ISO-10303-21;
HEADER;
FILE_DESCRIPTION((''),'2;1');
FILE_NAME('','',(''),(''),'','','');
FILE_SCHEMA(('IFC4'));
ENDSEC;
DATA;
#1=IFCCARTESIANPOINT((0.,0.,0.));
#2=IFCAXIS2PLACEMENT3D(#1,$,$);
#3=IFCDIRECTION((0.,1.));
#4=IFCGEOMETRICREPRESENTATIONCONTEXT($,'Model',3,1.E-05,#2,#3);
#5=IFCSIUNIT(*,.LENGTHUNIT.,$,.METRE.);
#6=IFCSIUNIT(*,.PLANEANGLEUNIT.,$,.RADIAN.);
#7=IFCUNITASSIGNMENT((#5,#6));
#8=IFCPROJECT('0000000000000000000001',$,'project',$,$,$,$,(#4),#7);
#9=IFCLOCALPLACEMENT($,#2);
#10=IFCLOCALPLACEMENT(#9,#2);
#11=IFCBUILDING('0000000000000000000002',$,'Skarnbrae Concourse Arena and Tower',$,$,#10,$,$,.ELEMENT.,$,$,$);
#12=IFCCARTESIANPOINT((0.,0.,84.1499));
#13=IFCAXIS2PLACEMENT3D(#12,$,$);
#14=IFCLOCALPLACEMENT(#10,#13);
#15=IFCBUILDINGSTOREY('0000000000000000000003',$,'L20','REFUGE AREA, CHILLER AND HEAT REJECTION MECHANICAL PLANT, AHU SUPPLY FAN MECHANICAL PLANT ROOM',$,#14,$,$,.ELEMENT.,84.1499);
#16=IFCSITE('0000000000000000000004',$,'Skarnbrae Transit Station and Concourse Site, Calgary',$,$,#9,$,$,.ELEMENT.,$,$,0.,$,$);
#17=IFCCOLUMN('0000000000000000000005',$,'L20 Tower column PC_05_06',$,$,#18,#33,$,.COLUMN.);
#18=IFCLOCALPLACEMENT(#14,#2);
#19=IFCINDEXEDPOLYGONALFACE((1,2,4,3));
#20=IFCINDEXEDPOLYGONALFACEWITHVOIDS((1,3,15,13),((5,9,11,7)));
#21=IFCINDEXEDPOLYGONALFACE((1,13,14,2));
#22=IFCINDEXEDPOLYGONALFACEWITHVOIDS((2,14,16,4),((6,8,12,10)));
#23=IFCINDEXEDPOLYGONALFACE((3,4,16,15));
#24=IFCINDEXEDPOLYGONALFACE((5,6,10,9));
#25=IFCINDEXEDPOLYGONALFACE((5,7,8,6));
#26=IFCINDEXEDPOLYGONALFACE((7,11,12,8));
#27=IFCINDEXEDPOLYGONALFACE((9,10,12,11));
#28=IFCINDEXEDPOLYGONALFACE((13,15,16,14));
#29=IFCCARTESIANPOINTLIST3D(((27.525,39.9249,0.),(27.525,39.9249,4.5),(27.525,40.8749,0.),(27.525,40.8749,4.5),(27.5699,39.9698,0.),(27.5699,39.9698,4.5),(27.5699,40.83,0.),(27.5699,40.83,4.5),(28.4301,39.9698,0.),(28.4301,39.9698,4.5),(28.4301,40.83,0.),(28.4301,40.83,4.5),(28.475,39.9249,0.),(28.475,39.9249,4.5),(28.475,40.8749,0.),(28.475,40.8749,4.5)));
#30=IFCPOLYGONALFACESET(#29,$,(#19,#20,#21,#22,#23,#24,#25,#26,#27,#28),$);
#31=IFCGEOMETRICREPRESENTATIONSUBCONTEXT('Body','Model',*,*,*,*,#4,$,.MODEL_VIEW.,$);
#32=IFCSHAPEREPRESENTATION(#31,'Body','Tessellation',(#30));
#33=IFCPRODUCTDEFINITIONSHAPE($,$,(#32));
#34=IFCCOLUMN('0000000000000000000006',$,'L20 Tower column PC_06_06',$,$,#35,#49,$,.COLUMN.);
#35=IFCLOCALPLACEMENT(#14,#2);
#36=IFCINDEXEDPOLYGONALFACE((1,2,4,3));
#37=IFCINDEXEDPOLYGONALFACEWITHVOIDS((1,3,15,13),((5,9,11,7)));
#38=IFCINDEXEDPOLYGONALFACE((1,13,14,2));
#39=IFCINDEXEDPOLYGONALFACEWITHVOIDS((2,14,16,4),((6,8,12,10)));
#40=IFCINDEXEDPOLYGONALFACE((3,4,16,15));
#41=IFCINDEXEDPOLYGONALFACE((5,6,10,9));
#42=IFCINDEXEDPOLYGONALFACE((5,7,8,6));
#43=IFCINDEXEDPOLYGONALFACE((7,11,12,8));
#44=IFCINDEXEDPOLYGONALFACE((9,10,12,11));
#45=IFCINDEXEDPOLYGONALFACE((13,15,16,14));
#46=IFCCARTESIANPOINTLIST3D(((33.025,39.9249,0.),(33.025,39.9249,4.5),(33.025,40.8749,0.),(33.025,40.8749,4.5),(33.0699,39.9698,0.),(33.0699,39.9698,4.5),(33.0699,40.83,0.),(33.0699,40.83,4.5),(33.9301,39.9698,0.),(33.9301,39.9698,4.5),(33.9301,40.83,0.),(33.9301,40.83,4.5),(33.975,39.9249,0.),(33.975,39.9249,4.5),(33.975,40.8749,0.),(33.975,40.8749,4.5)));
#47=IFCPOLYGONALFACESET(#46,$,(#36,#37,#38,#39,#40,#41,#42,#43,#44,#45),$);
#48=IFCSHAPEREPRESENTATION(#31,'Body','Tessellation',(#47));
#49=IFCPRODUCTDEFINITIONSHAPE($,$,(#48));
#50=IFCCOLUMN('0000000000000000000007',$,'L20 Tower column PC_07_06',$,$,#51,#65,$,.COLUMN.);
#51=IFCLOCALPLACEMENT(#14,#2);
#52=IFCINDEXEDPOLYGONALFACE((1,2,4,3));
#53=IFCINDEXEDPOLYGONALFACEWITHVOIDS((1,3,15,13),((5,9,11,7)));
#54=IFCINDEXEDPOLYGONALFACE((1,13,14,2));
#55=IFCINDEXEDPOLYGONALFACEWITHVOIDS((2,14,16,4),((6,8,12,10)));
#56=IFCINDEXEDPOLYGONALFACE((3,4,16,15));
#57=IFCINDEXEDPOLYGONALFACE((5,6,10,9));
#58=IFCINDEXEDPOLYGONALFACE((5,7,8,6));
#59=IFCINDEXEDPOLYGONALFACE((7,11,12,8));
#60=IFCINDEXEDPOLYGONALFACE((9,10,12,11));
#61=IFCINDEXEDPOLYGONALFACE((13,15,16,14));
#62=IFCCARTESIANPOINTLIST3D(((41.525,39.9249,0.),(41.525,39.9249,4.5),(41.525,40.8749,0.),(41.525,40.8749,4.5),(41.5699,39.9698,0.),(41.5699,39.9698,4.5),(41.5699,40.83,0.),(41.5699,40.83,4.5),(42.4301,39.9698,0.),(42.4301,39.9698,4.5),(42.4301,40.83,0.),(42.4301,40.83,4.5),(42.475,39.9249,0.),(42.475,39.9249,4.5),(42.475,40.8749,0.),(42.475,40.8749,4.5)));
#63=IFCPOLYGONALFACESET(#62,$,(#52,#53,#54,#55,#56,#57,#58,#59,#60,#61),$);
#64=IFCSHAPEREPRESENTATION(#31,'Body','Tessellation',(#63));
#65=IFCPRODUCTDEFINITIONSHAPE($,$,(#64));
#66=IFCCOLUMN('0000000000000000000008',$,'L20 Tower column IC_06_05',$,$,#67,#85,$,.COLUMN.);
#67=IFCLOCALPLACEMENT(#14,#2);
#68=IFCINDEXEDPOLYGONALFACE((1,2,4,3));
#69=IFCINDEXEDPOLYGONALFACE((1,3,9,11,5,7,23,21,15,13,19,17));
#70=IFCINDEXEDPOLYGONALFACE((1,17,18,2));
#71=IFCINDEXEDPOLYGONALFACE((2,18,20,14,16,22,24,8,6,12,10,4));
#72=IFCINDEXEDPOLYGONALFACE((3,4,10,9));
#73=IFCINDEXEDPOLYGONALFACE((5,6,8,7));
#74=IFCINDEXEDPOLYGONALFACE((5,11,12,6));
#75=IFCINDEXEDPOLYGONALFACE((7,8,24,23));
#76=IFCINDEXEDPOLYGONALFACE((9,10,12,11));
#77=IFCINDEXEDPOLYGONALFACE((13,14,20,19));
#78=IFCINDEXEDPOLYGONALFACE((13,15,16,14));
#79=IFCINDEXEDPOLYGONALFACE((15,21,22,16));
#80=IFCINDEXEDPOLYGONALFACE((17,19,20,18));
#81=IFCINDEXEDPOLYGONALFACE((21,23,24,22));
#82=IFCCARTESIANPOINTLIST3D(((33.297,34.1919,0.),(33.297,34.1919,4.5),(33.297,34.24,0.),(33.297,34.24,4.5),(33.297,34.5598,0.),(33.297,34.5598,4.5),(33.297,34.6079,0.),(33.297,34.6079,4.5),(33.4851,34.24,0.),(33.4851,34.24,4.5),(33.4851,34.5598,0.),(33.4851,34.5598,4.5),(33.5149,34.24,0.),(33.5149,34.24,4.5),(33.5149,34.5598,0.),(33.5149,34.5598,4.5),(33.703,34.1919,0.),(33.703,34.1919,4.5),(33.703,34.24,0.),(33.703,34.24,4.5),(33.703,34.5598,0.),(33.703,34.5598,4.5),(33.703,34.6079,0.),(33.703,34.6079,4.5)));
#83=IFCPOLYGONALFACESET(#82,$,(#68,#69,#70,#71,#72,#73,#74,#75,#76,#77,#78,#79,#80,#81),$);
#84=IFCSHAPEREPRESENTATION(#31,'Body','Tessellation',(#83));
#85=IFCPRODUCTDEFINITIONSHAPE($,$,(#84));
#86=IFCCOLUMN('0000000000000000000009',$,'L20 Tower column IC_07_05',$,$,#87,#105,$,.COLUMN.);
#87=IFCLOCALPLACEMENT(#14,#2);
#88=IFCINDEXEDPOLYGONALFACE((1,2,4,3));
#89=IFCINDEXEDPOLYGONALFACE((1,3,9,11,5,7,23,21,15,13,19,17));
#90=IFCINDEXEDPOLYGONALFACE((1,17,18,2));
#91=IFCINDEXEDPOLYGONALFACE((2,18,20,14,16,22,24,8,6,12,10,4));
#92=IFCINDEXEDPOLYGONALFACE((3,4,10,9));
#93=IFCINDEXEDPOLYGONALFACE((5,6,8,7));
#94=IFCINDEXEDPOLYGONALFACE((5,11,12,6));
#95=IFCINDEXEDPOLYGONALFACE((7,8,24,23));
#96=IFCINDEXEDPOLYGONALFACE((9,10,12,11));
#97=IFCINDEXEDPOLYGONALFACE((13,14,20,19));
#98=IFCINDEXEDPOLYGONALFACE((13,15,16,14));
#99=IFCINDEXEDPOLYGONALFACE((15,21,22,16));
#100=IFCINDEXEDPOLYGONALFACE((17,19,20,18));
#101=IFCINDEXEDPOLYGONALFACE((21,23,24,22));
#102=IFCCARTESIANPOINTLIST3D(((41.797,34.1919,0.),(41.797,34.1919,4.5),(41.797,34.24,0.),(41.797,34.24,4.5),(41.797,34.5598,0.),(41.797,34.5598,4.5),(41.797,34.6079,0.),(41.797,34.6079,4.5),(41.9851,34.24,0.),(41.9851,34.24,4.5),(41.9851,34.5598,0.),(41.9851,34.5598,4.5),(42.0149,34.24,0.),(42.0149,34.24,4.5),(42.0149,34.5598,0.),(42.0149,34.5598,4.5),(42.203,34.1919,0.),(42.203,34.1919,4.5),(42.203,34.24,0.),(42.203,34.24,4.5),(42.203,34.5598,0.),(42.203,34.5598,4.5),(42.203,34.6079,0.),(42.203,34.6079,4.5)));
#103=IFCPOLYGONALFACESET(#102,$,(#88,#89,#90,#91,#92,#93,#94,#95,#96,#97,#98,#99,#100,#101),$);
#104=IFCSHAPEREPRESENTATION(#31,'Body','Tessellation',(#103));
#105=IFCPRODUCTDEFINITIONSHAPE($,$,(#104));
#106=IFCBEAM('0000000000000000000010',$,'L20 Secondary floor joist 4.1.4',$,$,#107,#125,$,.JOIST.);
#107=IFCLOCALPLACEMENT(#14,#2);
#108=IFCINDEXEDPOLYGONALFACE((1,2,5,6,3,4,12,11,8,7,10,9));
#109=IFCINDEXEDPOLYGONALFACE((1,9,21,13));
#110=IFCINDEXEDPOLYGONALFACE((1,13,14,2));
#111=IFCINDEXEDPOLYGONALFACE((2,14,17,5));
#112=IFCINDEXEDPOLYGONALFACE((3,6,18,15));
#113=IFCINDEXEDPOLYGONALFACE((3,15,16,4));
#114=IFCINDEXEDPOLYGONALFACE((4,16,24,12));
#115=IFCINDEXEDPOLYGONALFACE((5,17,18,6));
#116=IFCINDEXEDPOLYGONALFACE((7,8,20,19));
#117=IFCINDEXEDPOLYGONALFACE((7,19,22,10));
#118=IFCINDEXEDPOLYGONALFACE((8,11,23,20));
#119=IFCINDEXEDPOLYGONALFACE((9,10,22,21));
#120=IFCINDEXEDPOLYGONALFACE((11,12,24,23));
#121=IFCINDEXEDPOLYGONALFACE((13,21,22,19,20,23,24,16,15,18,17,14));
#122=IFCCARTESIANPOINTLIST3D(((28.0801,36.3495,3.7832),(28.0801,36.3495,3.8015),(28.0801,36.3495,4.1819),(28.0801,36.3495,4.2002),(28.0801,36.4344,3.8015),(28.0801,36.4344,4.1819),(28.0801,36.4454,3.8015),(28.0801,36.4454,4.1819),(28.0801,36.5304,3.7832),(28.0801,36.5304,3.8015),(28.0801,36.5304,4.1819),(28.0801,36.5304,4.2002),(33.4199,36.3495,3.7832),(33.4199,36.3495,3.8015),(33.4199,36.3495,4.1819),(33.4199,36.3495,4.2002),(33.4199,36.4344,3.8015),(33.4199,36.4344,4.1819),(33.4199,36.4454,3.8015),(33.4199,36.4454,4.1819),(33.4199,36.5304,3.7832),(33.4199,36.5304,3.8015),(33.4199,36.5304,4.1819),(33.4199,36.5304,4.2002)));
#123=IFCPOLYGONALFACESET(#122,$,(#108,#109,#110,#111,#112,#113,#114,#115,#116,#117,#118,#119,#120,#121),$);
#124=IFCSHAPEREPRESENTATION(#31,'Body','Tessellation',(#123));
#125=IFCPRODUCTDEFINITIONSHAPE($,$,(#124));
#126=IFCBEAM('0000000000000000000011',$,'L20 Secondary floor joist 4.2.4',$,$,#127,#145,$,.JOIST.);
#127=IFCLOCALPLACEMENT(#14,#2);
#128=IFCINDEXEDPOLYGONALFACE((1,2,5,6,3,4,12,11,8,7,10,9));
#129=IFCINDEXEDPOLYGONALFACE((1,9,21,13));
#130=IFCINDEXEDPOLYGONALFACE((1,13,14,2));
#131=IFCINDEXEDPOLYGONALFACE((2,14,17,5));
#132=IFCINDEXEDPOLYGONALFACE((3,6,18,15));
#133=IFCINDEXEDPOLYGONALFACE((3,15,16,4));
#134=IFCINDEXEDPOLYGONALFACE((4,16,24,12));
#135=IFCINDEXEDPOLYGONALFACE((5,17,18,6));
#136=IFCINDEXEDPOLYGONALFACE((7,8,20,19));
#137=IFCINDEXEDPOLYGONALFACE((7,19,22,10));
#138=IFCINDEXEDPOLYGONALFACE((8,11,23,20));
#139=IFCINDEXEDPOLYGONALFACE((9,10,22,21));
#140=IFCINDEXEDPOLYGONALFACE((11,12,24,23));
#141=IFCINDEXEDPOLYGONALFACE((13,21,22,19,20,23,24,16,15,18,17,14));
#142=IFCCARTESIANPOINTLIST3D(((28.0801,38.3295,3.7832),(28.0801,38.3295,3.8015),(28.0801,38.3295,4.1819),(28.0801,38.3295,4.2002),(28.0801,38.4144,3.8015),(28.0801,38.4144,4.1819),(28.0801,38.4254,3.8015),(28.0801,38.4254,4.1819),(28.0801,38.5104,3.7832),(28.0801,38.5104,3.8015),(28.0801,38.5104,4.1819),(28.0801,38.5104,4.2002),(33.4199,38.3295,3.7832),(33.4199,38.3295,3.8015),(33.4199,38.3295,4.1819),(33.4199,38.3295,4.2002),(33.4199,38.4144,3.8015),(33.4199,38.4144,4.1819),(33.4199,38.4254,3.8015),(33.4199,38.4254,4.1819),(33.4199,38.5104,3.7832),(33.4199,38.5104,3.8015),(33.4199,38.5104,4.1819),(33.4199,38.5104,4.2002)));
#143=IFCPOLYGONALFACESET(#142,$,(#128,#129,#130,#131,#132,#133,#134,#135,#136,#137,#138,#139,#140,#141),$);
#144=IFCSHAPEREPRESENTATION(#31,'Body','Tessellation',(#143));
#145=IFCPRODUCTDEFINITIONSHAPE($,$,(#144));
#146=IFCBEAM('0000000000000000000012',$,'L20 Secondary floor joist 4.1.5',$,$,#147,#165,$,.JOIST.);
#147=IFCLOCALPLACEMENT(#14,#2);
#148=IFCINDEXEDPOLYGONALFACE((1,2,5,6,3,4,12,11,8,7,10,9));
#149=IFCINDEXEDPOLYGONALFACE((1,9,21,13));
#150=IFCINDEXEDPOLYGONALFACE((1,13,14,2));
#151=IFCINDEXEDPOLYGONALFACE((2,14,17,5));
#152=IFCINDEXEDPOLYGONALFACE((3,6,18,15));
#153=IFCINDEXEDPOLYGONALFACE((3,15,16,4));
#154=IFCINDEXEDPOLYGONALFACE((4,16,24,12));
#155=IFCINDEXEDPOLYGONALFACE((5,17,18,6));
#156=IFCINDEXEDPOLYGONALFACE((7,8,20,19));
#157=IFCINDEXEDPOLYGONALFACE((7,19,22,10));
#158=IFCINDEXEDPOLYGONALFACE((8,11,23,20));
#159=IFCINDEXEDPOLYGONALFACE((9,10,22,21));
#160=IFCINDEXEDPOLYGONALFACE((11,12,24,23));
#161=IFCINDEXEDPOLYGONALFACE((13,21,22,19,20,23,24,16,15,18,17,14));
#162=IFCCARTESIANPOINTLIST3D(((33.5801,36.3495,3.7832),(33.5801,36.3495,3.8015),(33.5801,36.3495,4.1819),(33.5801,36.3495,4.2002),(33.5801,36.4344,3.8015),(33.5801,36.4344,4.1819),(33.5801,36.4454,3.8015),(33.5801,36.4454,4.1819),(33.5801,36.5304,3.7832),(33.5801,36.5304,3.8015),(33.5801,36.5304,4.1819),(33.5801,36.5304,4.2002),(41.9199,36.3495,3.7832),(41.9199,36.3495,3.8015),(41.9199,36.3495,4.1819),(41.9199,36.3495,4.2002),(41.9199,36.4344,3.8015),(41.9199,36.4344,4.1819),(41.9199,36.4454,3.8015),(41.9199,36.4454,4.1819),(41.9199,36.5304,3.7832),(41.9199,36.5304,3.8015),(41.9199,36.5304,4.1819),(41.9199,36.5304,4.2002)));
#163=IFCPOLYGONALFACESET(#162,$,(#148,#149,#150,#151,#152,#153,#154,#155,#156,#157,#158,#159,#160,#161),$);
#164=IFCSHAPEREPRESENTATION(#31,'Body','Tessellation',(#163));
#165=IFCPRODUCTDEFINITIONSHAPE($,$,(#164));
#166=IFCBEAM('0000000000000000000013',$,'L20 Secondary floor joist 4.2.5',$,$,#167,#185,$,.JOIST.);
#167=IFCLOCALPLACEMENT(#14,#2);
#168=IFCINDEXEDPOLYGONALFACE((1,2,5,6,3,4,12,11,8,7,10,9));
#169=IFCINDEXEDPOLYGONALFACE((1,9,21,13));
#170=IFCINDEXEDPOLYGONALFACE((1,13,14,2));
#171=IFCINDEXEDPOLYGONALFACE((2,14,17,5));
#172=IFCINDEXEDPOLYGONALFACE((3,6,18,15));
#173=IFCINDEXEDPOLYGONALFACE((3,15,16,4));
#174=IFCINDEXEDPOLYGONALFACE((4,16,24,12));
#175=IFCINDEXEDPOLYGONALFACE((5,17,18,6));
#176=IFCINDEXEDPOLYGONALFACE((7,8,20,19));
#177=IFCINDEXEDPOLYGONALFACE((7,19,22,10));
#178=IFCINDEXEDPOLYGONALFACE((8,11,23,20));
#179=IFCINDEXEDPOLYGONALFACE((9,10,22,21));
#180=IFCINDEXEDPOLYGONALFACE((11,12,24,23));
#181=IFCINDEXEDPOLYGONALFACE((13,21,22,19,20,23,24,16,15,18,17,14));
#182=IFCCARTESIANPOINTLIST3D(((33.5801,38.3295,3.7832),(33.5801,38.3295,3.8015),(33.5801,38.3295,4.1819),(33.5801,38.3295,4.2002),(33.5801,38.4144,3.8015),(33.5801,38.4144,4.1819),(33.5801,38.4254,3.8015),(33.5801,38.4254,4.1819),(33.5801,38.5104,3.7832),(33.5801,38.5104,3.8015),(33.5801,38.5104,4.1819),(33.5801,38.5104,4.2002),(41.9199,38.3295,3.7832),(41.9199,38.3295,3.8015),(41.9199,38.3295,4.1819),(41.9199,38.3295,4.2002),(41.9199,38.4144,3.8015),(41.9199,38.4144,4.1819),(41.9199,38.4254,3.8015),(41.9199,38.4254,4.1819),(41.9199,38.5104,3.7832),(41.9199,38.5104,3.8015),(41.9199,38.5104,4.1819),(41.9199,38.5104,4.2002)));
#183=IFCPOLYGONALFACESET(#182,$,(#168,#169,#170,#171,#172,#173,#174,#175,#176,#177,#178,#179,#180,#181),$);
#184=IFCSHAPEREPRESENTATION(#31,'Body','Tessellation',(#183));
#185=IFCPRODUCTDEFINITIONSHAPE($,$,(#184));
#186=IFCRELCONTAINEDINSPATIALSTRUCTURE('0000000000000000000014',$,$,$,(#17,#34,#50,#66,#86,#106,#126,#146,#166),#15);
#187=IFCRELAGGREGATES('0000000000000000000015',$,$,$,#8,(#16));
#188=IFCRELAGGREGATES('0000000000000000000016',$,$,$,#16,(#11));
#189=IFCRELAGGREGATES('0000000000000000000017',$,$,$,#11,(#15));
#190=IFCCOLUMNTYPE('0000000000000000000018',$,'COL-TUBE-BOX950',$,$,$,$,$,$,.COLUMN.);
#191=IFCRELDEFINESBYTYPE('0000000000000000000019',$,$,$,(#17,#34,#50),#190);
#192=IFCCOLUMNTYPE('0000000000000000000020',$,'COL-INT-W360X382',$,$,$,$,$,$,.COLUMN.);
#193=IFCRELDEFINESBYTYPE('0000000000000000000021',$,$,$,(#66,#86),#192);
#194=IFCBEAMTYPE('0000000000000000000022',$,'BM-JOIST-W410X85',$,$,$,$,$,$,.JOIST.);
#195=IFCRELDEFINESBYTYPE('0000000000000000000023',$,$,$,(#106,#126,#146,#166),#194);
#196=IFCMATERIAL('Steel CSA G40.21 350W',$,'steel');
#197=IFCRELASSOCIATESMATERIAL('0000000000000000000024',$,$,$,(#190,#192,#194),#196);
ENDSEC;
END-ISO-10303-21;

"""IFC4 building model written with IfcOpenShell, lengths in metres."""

from ifc_helpers import new_model, si_unit, direction, frame, origin, origin_2d, place, context, subcontext, project, spatial, hollow_rectangle, i_section, extrude, source, transform, mapped, material, material_profile, profile_set, type_object, element, save


model = new_model("IFC4")

# Units and contexts
model_context = context("Model", 3, precision=1e-05, world=origin(), true_north=direction((0.0, 1.0)))
body_context = subcontext(model_context, "Body", "Model", "MODEL_VIEW")
ifc_project = project(units=[si_unit("LENGTHUNIT", "METRE"), si_unit("PLANEANGLEUNIT", "RADIAN")], contexts=[model_context])

# Site, building, storey
site_placement = place(None, origin())
site = spatial("IfcSite", under=ifc_project, at=site_placement, Name="Skarnbrae Transit Station and Concourse Site, Calgary", CompositionType="ELEMENT", RefElevation=0.0)
building_placement = place(site_placement, origin())
building = spatial("IfcBuilding", under=site, at=building_placement, Name="Skarnbrae Concourse Arena and Tower", CompositionType="ELEMENT")
storey_placement = place(building_placement, frame((0.0, 0.0, 84.1499)))
storey = spatial("IfcBuildingStorey", under=building, at=storey_placement, Name="L20", Description="REFUGE AREA, CHILLER AND HEAT REJECTION MECHANICAL PLANT, AHU SUPPLY FAN MECHANICAL PLANT ROOM", CompositionType="ELEMENT", Elevation=84.1499)

# Columns
ifc_material_1 = material(Name="Steel CSA G40.21 350W", Category="steel")
ifc_material_profile_1 = material_profile(ifc_material_1, hollow_rectangle(XDim=0.95, YDim=0.95, WallThickness=0.0449, at=origin_2d()), Name="BOX950X950X45")
ifc_profile_set_1 = profile_set([ifc_material_profile_1], Name="Steel CSA G40.21 350W")
column_type_1 = type_object("IfcColumnType", Name="COL-TUBE-BOX950", PredefinedType="COLUMN", material=ifc_profile_set_1)
shared_shape_1 = source(origin(), body_context, "Body", "SweptSolid", [
    extrude(hollow_rectangle(XDim=0.95, YDim=0.95, WallThickness=0.0449, at=origin_2d()), origin(), (0.0, 0.0, 1.0), 4.5),
])
for number, where, z_axis, x_axis, name in (
    (1, (28.0, 40.3999, 0.0), (0.0, 0.0, 1.0), (1.0, 0.0, 0.0), "L20 Tower column PC_05_06"),
    (2, (33.5, 40.3999, 0.0), (0.0, 0.0, 1.0), (1.0, 0.0, 0.0), "L20 Tower column PC_06_06"),
    (3, (42.0, 40.3999, 0.0), (0.0, 0.0, 1.0), (1.0, 0.0, 0.0), "L20 Tower column PC_07_06"),
):
    element("IfcColumn", number, at=place(storey_placement, frame(where, z_axis=z_axis, x_axis=x_axis)), inside=storey, type_object=column_type_1, Name=name, PredefinedType="COLUMN", context=body_context, shape_type="MappedRepresentation", body=[
        mapped(shared_shape_1, transform((0.0, 0.0, 0.0))),
    ])
ifc_material_profile_2 = material_profile(ifc_material_1, i_section(OverallWidth=0.406, OverallDepth=0.416, WebThickness=0.0298, FlangeThickness=0.0481, at=origin_2d()), Name="W360X382")
ifc_profile_set_2 = profile_set([ifc_material_profile_2], Name="Steel CSA G40.21 350W")
column_type_2 = type_object("IfcColumnType", Name="COL-INT-W360X382", PredefinedType="COLUMN", material=ifc_profile_set_2)
shared_shape_2 = source(origin(), body_context, "Body", "SweptSolid", [
    extrude(i_section(OverallWidth=0.406, OverallDepth=0.416, WebThickness=0.0298, FlangeThickness=0.0481, at=origin_2d()), origin(), (0.0, 0.0, 1.0), 4.5),
])
for number, where, z_axis, x_axis, name in (
    (4, (33.5, 34.3999, 0.0), (0.0, 0.0, 1.0), (1.0, 0.0, 0.0), "L20 Tower column IC_06_05"),
    (5, (42.0, 34.3999, 0.0), (0.0, 0.0, 1.0), (1.0, 0.0, 0.0), "L20 Tower column IC_07_05"),
):
    element("IfcColumn", number, at=place(storey_placement, frame(where, z_axis=z_axis, x_axis=x_axis)), inside=storey, type_object=column_type_2, Name=name, PredefinedType="COLUMN", context=body_context, shape_type="MappedRepresentation", body=[
        mapped(shared_shape_2, transform((0.0, 0.0, 0.0))),
    ])

# Beams
ifc_material_profile_3 = material_profile(ifc_material_1, i_section(OverallWidth=0.1809, OverallDepth=0.417, WebThickness=0.011, FlangeThickness=0.0183, at=origin_2d()), Name="W410X85")
ifc_profile_set_3 = profile_set([ifc_material_profile_3], Name="Steel CSA G40.21 350W")
beam_type_1 = type_object("IfcBeamType", Name="BM-JOIST-W410X85", PredefinedType="JOIST", material=ifc_profile_set_3)
shared_shape_3 = source(origin(), body_context, "Body", "SweptSolid", [
    extrude(i_section(OverallWidth=0.1809, OverallDepth=0.417, WebThickness=0.011, FlangeThickness=0.0183, at=origin_2d()), origin(), (0.0, 0.0, 1.0), 5.3398),
])
for number, where, z_axis, x_axis, name in (
    (6, (28.0801, 36.4399, 3.9917), (1.0, 0.0, 0.0), (0.0, 1.0, 0.0), "L20 Secondary floor joist 4.1.4"),
    (7, (28.0801, 38.4199, 3.9917), (1.0, 0.0, 0.0), (0.0, 1.0, 0.0), "L20 Secondary floor joist 4.2.4"),
):
    element("IfcBeam", number, at=place(storey_placement, frame(where, z_axis=z_axis, x_axis=x_axis)), inside=storey, type_object=beam_type_1, Name=name, PredefinedType="JOIST", context=body_context, shape_type="MappedRepresentation", body=[
        mapped(shared_shape_3, transform((0.0, 0.0, 0.0))),
    ])
shared_shape_4 = source(origin(), body_context, "Body", "SweptSolid", [
    extrude(i_section(OverallWidth=0.1809, OverallDepth=0.417, WebThickness=0.011, FlangeThickness=0.0183, at=origin_2d()), origin(), (0.0, 0.0, 1.0), 8.3398),
])
for number, where, z_axis, x_axis, name in (
    (8, (33.5801, 36.4399, 3.9917), (1.0, 0.0, 0.0), (0.0, 1.0, 0.0), "L20 Secondary floor joist 4.1.5"),
    (9, (33.5801, 38.4199, 3.9917), (1.0, 0.0, 0.0), (0.0, 1.0, 0.0), "L20 Secondary floor joist 4.2.5"),
):
    element("IfcBeam", number, at=place(storey_placement, frame(where, z_axis=z_axis, x_axis=x_axis)), inside=storey, type_object=beam_type_1, Name=name, PredefinedType="JOIST", context=body_context, shape_type="MappedRepresentation", body=[
        mapped(shared_shape_4, transform((0.0, 0.0, 0.0))),
    ])

save(model, "model.ifc")
